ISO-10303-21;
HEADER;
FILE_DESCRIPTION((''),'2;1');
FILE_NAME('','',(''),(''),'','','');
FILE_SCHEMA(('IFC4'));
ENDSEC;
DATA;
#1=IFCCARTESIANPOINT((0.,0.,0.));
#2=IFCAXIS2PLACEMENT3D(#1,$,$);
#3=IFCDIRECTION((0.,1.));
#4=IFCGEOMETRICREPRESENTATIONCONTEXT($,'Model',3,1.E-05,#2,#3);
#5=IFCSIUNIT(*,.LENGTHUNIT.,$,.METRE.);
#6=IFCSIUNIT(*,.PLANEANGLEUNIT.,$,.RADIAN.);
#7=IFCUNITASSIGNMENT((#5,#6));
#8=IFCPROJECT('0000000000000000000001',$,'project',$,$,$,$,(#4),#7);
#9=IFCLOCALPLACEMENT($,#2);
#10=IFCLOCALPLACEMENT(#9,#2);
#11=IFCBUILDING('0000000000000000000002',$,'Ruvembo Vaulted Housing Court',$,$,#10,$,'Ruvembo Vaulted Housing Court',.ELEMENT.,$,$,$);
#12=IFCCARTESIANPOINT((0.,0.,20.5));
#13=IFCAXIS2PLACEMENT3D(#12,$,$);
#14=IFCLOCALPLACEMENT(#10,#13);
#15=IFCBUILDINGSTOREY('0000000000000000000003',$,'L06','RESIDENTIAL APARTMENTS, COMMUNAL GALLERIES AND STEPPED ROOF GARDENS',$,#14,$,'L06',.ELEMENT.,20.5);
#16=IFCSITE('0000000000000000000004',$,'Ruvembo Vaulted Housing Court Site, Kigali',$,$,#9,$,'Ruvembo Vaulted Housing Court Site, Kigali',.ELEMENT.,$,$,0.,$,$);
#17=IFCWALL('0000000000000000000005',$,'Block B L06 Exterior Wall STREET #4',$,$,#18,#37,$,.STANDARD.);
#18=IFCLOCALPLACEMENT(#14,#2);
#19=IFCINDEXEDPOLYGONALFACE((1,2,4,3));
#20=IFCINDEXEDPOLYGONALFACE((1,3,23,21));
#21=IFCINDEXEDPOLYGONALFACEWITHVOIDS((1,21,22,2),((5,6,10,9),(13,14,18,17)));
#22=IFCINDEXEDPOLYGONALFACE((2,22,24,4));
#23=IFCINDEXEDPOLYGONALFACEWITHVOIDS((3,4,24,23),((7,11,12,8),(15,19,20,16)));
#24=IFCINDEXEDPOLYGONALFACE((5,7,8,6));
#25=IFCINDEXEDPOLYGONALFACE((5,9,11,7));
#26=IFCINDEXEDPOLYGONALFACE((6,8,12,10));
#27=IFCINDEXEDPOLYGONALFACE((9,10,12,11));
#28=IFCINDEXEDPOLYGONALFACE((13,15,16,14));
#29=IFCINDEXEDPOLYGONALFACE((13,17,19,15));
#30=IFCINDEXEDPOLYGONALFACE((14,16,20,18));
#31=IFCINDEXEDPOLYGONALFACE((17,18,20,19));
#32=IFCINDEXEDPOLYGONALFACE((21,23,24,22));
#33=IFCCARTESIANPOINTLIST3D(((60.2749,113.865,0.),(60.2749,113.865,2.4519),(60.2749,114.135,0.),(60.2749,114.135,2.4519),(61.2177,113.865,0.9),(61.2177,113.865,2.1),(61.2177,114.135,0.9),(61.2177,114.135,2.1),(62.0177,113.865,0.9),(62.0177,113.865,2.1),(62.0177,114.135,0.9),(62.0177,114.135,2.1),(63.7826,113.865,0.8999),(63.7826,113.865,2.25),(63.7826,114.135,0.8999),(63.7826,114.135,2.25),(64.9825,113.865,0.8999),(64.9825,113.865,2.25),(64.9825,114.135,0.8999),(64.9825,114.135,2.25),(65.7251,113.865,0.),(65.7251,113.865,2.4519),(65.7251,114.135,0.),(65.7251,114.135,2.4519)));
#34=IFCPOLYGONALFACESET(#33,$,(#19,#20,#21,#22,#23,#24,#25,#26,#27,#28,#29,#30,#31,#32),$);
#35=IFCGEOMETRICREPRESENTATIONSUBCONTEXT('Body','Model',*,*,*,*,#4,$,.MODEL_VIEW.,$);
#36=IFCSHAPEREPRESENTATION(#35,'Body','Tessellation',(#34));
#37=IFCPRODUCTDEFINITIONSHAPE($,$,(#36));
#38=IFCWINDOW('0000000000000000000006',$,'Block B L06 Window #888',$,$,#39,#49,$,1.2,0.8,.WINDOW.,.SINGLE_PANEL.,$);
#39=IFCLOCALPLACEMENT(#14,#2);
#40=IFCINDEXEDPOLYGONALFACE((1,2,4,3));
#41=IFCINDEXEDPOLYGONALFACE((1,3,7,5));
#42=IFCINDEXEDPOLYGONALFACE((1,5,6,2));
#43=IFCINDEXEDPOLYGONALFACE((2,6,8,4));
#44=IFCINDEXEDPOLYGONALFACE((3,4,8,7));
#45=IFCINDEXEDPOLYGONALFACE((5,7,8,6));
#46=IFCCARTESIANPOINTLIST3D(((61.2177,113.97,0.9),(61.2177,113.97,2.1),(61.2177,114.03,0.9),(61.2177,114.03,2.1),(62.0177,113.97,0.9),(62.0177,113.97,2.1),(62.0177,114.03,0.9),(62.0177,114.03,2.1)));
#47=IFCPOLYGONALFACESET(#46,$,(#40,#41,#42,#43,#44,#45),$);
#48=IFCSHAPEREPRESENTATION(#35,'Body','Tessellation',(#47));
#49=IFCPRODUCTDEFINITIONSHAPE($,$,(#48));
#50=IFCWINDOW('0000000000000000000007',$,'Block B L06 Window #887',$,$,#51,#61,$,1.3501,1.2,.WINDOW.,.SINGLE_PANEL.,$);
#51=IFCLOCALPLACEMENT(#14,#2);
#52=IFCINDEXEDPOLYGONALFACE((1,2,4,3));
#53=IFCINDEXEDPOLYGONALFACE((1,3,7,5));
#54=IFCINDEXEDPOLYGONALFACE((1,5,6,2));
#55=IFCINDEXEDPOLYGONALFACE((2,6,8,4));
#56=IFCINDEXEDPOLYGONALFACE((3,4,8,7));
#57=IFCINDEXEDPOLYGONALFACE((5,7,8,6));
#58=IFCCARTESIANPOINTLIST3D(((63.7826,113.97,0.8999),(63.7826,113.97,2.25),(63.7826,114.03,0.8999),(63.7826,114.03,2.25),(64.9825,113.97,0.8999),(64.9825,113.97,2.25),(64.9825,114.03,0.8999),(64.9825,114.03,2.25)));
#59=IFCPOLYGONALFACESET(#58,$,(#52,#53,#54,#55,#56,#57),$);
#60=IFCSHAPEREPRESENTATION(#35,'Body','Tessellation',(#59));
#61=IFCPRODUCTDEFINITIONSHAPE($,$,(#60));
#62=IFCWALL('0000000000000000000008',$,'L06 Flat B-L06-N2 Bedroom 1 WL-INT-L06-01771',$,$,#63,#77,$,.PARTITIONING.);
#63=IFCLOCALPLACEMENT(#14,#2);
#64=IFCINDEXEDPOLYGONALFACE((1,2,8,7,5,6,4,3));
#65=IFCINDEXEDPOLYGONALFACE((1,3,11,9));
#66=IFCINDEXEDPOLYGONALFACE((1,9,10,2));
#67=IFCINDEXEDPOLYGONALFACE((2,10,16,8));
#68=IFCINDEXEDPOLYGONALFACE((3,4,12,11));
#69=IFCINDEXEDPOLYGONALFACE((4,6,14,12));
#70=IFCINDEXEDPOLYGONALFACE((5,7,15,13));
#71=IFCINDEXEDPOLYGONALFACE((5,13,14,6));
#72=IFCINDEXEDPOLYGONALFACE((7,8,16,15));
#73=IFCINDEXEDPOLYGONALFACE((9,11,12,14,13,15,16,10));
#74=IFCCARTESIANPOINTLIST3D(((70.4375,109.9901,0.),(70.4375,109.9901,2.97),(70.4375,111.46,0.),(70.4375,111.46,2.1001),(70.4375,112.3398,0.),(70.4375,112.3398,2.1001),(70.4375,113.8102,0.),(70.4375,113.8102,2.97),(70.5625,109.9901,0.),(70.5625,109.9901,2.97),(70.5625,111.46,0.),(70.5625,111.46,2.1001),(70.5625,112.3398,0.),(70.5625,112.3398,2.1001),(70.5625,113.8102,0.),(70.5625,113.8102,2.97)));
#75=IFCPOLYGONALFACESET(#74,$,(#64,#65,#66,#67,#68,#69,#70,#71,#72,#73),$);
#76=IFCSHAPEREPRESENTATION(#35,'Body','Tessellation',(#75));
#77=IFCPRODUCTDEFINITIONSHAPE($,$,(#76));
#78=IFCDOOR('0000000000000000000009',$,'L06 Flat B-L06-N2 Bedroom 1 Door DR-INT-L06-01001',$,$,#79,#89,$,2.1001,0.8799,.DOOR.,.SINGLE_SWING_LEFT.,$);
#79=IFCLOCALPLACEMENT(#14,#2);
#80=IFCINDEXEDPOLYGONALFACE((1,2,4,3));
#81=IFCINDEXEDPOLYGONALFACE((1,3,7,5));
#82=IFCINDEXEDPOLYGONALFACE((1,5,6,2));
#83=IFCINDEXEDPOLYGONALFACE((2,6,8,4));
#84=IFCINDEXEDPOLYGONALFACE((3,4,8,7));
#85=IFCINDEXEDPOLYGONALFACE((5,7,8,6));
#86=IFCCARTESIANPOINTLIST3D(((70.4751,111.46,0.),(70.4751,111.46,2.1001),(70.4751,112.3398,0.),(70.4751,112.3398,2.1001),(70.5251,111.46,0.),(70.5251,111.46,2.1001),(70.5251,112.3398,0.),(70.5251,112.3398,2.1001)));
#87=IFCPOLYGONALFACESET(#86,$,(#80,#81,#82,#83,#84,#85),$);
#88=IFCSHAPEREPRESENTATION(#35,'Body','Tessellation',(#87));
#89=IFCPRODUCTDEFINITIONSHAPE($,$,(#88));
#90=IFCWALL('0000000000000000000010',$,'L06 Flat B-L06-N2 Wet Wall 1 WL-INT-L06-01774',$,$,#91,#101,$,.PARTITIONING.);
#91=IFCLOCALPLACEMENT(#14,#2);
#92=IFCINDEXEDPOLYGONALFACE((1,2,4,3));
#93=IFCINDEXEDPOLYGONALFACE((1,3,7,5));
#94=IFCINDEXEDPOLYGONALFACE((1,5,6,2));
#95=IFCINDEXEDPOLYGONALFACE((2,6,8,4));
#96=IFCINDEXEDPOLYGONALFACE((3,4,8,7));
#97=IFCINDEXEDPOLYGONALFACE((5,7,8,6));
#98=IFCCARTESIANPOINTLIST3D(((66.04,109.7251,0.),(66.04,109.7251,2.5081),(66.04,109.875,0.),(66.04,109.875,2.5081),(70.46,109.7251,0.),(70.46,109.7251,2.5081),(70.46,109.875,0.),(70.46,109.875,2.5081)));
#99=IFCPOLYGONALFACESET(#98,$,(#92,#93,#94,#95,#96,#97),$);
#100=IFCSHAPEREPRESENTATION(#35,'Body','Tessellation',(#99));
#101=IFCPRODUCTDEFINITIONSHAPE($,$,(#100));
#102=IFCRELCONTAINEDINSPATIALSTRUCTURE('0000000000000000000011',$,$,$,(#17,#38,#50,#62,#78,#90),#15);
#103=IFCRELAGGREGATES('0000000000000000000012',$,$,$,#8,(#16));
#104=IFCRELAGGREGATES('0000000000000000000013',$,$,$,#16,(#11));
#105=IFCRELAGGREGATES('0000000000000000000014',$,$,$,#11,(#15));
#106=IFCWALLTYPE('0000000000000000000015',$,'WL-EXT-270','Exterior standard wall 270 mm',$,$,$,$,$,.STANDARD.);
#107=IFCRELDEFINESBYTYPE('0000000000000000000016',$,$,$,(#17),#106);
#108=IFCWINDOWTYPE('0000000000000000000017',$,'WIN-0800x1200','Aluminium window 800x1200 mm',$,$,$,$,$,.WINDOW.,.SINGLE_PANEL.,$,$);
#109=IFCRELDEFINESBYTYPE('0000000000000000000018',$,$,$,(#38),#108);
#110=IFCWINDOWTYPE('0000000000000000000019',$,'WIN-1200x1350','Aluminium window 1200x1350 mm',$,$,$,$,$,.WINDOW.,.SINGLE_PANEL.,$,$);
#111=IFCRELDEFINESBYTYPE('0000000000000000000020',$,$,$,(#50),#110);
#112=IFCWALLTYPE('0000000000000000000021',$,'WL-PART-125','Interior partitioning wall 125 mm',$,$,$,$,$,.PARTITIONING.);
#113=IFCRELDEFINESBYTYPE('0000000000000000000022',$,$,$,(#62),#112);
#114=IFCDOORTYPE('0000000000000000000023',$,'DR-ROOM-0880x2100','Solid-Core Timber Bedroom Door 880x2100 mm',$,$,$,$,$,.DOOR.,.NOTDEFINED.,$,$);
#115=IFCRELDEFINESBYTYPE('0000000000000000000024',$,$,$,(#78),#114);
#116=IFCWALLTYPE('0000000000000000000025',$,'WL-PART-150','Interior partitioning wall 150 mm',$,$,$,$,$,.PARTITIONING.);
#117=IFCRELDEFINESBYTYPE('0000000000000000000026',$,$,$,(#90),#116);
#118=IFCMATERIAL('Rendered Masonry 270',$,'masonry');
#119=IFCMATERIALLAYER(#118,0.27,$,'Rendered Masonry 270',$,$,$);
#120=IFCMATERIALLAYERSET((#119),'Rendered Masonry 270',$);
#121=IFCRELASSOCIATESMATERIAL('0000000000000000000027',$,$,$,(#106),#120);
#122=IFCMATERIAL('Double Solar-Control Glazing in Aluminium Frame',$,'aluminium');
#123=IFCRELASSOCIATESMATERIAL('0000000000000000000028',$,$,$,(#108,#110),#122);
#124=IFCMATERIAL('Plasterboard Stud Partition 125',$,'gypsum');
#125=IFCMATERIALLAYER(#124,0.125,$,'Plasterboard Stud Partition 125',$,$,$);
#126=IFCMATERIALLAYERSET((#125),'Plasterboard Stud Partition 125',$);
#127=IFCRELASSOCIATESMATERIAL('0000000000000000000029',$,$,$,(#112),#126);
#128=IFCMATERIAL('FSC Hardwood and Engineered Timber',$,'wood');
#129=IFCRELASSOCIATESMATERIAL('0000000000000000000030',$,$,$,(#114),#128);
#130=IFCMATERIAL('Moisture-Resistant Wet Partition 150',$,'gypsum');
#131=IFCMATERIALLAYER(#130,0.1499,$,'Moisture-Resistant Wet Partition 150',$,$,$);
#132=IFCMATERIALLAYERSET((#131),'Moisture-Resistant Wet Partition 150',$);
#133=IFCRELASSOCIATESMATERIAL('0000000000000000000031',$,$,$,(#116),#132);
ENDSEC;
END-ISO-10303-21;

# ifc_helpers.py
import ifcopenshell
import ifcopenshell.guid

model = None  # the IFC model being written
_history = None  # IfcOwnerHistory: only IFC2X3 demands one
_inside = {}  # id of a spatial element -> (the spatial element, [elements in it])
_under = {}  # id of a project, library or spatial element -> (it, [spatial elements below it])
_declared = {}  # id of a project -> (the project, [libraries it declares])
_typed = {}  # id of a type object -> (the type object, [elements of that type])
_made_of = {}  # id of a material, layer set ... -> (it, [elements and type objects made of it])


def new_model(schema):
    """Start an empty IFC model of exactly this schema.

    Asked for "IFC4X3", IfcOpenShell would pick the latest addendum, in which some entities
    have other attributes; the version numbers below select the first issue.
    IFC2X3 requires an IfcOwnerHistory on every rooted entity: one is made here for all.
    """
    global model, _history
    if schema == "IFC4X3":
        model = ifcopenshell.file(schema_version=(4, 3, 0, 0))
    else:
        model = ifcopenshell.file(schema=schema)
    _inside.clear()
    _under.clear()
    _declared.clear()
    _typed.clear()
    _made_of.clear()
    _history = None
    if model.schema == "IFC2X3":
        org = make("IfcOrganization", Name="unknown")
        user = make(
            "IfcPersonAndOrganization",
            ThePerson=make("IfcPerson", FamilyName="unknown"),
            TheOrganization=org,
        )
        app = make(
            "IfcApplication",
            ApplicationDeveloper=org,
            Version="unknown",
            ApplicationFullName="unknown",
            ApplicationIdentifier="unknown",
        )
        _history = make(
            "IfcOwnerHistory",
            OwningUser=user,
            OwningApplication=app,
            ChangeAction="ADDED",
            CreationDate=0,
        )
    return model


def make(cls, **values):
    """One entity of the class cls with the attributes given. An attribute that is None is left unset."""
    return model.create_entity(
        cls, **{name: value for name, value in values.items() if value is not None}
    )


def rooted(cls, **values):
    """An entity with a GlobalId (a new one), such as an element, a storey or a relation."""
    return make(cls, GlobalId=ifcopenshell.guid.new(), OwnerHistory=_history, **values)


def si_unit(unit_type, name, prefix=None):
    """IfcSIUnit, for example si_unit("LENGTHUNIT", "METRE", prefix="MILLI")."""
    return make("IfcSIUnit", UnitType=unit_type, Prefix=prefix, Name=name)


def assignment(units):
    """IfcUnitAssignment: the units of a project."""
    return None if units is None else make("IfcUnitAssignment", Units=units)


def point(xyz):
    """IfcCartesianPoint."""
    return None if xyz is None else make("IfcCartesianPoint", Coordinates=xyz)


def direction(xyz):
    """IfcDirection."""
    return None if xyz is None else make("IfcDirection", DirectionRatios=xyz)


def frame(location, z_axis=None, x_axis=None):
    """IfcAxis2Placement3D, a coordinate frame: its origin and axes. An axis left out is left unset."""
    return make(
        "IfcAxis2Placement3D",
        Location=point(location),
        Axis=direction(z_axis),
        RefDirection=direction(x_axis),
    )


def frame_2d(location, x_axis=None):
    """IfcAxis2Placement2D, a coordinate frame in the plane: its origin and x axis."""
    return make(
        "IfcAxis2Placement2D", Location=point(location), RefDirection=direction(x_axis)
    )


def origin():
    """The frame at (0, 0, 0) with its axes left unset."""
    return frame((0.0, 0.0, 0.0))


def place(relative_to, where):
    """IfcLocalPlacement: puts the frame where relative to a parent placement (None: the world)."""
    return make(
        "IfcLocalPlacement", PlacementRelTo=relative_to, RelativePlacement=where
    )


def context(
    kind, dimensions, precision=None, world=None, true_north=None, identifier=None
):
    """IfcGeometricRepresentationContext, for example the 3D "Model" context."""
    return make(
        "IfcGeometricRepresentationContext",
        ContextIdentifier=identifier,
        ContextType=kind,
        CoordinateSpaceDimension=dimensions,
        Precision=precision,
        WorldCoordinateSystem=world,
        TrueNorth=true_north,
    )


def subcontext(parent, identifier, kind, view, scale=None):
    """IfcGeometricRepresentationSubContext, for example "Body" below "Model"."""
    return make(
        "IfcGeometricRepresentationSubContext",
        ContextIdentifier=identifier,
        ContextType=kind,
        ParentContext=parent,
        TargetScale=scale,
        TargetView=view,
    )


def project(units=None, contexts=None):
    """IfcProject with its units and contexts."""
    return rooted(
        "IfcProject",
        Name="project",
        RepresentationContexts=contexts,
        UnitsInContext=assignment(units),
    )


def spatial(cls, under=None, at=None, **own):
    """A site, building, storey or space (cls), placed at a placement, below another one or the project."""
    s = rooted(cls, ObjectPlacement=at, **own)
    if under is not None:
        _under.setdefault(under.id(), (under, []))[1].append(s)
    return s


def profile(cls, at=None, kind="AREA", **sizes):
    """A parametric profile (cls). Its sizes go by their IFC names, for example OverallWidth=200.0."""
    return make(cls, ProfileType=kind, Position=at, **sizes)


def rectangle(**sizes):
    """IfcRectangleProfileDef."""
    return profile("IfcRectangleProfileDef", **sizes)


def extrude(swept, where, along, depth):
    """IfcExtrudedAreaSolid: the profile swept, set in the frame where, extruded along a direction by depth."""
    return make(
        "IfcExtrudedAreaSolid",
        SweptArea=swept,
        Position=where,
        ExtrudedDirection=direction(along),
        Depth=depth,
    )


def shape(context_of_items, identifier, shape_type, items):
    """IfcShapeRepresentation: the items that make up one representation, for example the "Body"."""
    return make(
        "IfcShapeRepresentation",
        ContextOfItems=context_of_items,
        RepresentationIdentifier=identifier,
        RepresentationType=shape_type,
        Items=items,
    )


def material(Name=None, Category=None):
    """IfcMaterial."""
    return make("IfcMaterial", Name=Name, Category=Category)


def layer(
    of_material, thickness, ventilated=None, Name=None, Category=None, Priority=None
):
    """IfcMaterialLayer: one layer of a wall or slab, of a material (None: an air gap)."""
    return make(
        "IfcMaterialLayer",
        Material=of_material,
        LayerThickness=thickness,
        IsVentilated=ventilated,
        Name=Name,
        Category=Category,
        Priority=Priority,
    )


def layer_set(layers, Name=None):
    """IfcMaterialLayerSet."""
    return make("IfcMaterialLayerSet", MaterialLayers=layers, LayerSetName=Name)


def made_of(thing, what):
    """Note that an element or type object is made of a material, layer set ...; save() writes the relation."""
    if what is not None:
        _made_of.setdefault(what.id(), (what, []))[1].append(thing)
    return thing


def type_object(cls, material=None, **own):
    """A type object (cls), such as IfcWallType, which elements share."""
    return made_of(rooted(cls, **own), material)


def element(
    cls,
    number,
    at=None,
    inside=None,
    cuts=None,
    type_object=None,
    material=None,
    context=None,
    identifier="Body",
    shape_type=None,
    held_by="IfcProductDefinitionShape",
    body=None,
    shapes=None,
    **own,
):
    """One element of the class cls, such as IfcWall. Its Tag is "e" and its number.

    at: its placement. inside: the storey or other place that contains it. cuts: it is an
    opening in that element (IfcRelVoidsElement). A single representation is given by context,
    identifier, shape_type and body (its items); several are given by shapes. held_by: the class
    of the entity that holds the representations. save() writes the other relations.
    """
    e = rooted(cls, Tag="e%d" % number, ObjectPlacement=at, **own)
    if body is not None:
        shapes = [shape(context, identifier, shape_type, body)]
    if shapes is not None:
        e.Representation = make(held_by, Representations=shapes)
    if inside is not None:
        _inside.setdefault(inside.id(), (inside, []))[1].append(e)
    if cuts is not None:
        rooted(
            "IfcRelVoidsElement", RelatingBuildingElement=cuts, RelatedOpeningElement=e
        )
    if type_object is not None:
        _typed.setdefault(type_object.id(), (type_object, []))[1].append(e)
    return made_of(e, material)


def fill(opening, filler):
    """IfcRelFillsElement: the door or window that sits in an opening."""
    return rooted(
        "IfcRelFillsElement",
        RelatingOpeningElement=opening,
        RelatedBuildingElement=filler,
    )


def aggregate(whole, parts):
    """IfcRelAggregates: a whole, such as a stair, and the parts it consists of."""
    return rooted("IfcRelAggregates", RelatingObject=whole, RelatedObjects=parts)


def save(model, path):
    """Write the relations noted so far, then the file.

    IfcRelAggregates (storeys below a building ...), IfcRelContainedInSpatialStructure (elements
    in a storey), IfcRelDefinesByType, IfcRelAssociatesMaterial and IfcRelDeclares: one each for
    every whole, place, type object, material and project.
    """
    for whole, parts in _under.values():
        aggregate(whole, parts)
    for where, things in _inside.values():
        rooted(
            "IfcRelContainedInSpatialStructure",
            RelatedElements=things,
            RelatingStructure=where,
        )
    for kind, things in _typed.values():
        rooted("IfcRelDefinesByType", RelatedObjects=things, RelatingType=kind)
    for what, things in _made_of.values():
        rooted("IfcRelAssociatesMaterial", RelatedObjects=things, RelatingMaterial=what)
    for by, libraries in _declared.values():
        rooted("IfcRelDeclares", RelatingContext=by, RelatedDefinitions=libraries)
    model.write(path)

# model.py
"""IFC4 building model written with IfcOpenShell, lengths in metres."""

from ifc_helpers import new_model, si_unit, direction, frame, frame_2d, origin, place, context, subcontext, project, spatial, rectangle, extrude, material, layer, layer_set, type_object, element, fill, save


model = new_model("IFC4")

# Units and contexts
model_context = context("Model", 3, precision=1e-05, world=origin(), true_north=direction((0.0, 1.0)))
body_context = subcontext(model_context, "Body", "Model", "MODEL_VIEW")
ifc_project = project(units=[si_unit("LENGTHUNIT", "METRE"), si_unit("PLANEANGLEUNIT", "RADIAN")], contexts=[model_context])

# Site, building, storey
site_placement = place(None, origin())
site = spatial("IfcSite", under=ifc_project, at=site_placement, Name="Ruvembo Vaulted Housing Court Site, Kigali", LongName="Ruvembo Vaulted Housing Court Site, Kigali", CompositionType="ELEMENT", RefElevation=0.0)
building_placement = place(site_placement, origin())
building = spatial("IfcBuilding", under=site, at=building_placement, Name="Ruvembo Vaulted Housing Court", LongName="Ruvembo Vaulted Housing Court", CompositionType="ELEMENT")
storey_placement = place(building_placement, frame((0.0, 0.0, 20.5)))
storey = spatial("IfcBuildingStorey", under=building, at=storey_placement, Name="L06", Description="RESIDENTIAL APARTMENTS, COMMUNAL GALLERIES AND STEPPED ROOF GARDENS", LongName="L06", CompositionType="ELEMENT", Elevation=20.5)

# Wall, openings, windows
ifc_material_1 = material(Name="Rendered Masonry 270", Category="masonry")
ifc_layer_1 = layer(ifc_material_1, 0.27, Name="Rendered Masonry 270")
ifc_layer_set_1 = layer_set([ifc_layer_1], Name="Rendered Masonry 270")
wall_type_1 = type_object("IfcWallType", Name="WL-EXT-270", Description="Exterior standard wall 270 mm", PredefinedType="STANDARD", material=ifc_layer_set_1)
ifc_material_2 = material(Name="Double Solar-Control Glazing in Aluminium Frame", Category="aluminium")
wall_1_placement = place(storey_placement, frame((65.7251, 114.0, 0.0), z_axis=(0.0, 0.0, 1.0), x_axis=(-1.0, 0.0, 0.0)))
wall_1 = element("IfcWall", 1, at=wall_1_placement, inside=storey, type_object=wall_type_1, Name="Block B L06 Exterior Wall STREET #4", PredefinedType="STANDARD", context=body_context, shape_type="SweptSolid", body=[
    extrude(rectangle(XDim=5.4502, YDim=0.27, at=frame_2d((2.7251, 0.0))), origin(), (0.0, 0.0, 1.0), 2.4519),
])
opening_1_placement = place(wall_1_placement, frame((0.7424, 0.0, 0.8999)))
opening_1 = element("IfcOpeningElement", 2, at=opening_1_placement, cuts=wall_1, PredefinedType="OPENING", context=body_context, shape_type="SweptSolid", body=[
    extrude(rectangle(XDim=1.2, YDim=1.3501, at=frame_2d((0.6001, 0.675))), frame((0.0, 0.145, 0.0), z_axis=(0.0, -1.0, 0.0), x_axis=(1.0, 0.0, 0.0)), (0.0, 0.0, 1.0), 0.29),
])
opening_2_placement = place(wall_1_placement, frame((3.7075, 0.0, 0.8999)))
opening_2 = element("IfcOpeningElement", 3, at=opening_2_placement, cuts=wall_1, PredefinedType="OPENING", context=body_context, shape_type="SweptSolid", body=[
    extrude(rectangle(XDim=0.8, YDim=1.2, at=frame_2d((0.3999, 0.6001))), frame((0.0, 0.145, 0.0), z_axis=(0.0, -1.0, 0.0), x_axis=(1.0, 0.0, 0.0)), (0.0, 0.0, 1.0), 0.29),
])
window_type_1 = type_object("IfcWindowType", Name="WIN-0800x1200", Description="Aluminium window 800x1200 mm", PartitioningType="SINGLE_PANEL", PredefinedType="WINDOW", material=ifc_material_2)
window_1_placement = place(opening_2_placement, origin())
window_1 = element("IfcWindow", 4, at=window_1_placement, inside=storey, type_object=window_type_1, Name="Block B L06 Window #888", OverallHeight=1.2, OverallWidth=0.8, PartitioningType="SINGLE_PANEL", PredefinedType="WINDOW", context=body_context, shape_type="SweptSolid", body=[
    extrude(rectangle(XDim=0.8, YDim=1.2, at=frame_2d((0.3999, 0.6001))), frame((0.0, 0.03, 0.0), z_axis=(0.0, -1.0, 0.0), x_axis=(1.0, 0.0, 0.0)), (0.0, 0.0, 1.0), 0.0601),
])
fill(opening_2, window_1)
window_type_2 = type_object("IfcWindowType", Name="WIN-1200x1350", Description="Aluminium window 1200x1350 mm", PartitioningType="SINGLE_PANEL", PredefinedType="WINDOW", material=ifc_material_2)
window_2_placement = place(opening_1_placement, origin())
window_2 = element("IfcWindow", 5, at=window_2_placement, inside=storey, type_object=window_type_2, Name="Block B L06 Window #887", OverallHeight=1.3501, OverallWidth=1.2, PartitioningType="SINGLE_PANEL", PredefinedType="WINDOW", context=body_context, shape_type="SweptSolid", body=[
    extrude(rectangle(XDim=1.2, YDim=1.3501, at=frame_2d((0.6001, 0.675))), frame((0.0, 0.03, 0.0), z_axis=(0.0, -1.0, 0.0), x_axis=(1.0, 0.0, 0.0)), (0.0, 0.0, 1.0), 0.0601),
])
fill(opening_1, window_2)

# Wall, opening, door
ifc_material_3 = material(Name="Plasterboard Stud Partition 125", Category="gypsum")
ifc_layer_2 = layer(ifc_material_3, 0.125, Name="Plasterboard Stud Partition 125")
ifc_layer_set_2 = layer_set([ifc_layer_2], Name="Plasterboard Stud Partition 125")
wall_type_2 = type_object("IfcWallType", Name="WL-PART-125", Description="Interior partitioning wall 125 mm", PredefinedType="PARTITIONING", material=ifc_layer_set_2)
wall_2_placement = place(storey_placement, frame((70.5, 109.99, 0.0), z_axis=(0.0, 0.0, 1.0), x_axis=(0.0, 1.0, 0.0)))
wall_2 = element("IfcWall", 6, at=wall_2_placement, inside=storey, type_object=wall_type_2, Name="L06 Flat B-L06-N2 Bedroom 1 WL-INT-L06-01771", PredefinedType="PARTITIONING", context=body_context, shape_type="SweptSolid", body=[
    extrude(rectangle(XDim=3.8201, YDim=0.125, at=frame_2d((1.9102, 0.0))), origin(), (0.0, 0.0, 1.0), 2.97),
])
opening_3_placement = place(wall_2_placement, frame((1.47, 0.0, 0.0)))
opening_3 = element("IfcOpeningElement", 7, at=opening_3_placement, cuts=wall_2, PredefinedType="OPENING", context=body_context, shape_type="SweptSolid", body=[
    extrude(rectangle(XDim=0.8799, YDim=2.1001, at=frame_2d((0.4399, 1.05))), frame((0.0, 0.0725, 0.0), z_axis=(0.0, -1.0, 0.0), x_axis=(1.0, 0.0, 0.0)), (0.0, 0.0, 1.0), 0.145),
])
ifc_material_4 = material(Name="FSC Hardwood and Engineered Timber", Category="wood")
door_type = type_object("IfcDoorType", Name="DR-ROOM-0880x2100", Description="Solid-Core Timber Bedroom Door 880x2100 mm", OperationType="NOTDEFINED", PredefinedType="DOOR", material=ifc_material_4)
door_placement = place(opening_3_placement, origin())
door = element("IfcDoor", 8, at=door_placement, inside=storey, type_object=door_type, Name="L06 Flat B-L06-N2 Bedroom 1 Door DR-INT-L06-01001", OperationType="SINGLE_SWING_LEFT", OverallHeight=2.1001, OverallWidth=0.8799, PredefinedType="DOOR", context=body_context, shape_type="SweptSolid", body=[
    extrude(rectangle(XDim=0.8799, YDim=2.1001, at=frame_2d((0.4399, 1.05))), frame((0.0, 0.0249, 0.0), z_axis=(0.0, -1.0, 0.0), x_axis=(1.0, 0.0, 0.0)), (0.0, 0.0, 1.0), 0.05),
])
fill(opening_3, door)

# Wall
ifc_material_5 = material(Name="Moisture-Resistant Wet Partition 150", Category="gypsum")
ifc_layer_3 = layer(ifc_material_5, 0.1499, Name="Moisture-Resistant Wet Partition 150")
ifc_layer_set_3 = layer_set([ifc_layer_3], Name="Moisture-Resistant Wet Partition 150")
wall_type_3 = type_object("IfcWallType", Name="WL-PART-150", Description="Interior partitioning wall 150 mm", PredefinedType="PARTITIONING", material=ifc_layer_set_3)
wall_3_placement = place(storey_placement, frame((66.04, 109.8, 0.0), z_axis=(0.0, 0.0, 1.0), x_axis=(1.0, 0.0, 0.0)))
element("IfcWall", 9, at=wall_3_placement, inside=storey, type_object=wall_type_3, Name="L06 Flat B-L06-N2 Wet Wall 1 WL-INT-L06-01774", PredefinedType="PARTITIONING", context=body_context, shape_type="SweptSolid", body=[
    extrude(rectangle(XDim=4.4199, YDim=0.1499, at=frame_2d((2.21, 0.0))), origin(), (0.0, 0.0, 1.0), 2.5081),
])

save(model, "model.ifc")
